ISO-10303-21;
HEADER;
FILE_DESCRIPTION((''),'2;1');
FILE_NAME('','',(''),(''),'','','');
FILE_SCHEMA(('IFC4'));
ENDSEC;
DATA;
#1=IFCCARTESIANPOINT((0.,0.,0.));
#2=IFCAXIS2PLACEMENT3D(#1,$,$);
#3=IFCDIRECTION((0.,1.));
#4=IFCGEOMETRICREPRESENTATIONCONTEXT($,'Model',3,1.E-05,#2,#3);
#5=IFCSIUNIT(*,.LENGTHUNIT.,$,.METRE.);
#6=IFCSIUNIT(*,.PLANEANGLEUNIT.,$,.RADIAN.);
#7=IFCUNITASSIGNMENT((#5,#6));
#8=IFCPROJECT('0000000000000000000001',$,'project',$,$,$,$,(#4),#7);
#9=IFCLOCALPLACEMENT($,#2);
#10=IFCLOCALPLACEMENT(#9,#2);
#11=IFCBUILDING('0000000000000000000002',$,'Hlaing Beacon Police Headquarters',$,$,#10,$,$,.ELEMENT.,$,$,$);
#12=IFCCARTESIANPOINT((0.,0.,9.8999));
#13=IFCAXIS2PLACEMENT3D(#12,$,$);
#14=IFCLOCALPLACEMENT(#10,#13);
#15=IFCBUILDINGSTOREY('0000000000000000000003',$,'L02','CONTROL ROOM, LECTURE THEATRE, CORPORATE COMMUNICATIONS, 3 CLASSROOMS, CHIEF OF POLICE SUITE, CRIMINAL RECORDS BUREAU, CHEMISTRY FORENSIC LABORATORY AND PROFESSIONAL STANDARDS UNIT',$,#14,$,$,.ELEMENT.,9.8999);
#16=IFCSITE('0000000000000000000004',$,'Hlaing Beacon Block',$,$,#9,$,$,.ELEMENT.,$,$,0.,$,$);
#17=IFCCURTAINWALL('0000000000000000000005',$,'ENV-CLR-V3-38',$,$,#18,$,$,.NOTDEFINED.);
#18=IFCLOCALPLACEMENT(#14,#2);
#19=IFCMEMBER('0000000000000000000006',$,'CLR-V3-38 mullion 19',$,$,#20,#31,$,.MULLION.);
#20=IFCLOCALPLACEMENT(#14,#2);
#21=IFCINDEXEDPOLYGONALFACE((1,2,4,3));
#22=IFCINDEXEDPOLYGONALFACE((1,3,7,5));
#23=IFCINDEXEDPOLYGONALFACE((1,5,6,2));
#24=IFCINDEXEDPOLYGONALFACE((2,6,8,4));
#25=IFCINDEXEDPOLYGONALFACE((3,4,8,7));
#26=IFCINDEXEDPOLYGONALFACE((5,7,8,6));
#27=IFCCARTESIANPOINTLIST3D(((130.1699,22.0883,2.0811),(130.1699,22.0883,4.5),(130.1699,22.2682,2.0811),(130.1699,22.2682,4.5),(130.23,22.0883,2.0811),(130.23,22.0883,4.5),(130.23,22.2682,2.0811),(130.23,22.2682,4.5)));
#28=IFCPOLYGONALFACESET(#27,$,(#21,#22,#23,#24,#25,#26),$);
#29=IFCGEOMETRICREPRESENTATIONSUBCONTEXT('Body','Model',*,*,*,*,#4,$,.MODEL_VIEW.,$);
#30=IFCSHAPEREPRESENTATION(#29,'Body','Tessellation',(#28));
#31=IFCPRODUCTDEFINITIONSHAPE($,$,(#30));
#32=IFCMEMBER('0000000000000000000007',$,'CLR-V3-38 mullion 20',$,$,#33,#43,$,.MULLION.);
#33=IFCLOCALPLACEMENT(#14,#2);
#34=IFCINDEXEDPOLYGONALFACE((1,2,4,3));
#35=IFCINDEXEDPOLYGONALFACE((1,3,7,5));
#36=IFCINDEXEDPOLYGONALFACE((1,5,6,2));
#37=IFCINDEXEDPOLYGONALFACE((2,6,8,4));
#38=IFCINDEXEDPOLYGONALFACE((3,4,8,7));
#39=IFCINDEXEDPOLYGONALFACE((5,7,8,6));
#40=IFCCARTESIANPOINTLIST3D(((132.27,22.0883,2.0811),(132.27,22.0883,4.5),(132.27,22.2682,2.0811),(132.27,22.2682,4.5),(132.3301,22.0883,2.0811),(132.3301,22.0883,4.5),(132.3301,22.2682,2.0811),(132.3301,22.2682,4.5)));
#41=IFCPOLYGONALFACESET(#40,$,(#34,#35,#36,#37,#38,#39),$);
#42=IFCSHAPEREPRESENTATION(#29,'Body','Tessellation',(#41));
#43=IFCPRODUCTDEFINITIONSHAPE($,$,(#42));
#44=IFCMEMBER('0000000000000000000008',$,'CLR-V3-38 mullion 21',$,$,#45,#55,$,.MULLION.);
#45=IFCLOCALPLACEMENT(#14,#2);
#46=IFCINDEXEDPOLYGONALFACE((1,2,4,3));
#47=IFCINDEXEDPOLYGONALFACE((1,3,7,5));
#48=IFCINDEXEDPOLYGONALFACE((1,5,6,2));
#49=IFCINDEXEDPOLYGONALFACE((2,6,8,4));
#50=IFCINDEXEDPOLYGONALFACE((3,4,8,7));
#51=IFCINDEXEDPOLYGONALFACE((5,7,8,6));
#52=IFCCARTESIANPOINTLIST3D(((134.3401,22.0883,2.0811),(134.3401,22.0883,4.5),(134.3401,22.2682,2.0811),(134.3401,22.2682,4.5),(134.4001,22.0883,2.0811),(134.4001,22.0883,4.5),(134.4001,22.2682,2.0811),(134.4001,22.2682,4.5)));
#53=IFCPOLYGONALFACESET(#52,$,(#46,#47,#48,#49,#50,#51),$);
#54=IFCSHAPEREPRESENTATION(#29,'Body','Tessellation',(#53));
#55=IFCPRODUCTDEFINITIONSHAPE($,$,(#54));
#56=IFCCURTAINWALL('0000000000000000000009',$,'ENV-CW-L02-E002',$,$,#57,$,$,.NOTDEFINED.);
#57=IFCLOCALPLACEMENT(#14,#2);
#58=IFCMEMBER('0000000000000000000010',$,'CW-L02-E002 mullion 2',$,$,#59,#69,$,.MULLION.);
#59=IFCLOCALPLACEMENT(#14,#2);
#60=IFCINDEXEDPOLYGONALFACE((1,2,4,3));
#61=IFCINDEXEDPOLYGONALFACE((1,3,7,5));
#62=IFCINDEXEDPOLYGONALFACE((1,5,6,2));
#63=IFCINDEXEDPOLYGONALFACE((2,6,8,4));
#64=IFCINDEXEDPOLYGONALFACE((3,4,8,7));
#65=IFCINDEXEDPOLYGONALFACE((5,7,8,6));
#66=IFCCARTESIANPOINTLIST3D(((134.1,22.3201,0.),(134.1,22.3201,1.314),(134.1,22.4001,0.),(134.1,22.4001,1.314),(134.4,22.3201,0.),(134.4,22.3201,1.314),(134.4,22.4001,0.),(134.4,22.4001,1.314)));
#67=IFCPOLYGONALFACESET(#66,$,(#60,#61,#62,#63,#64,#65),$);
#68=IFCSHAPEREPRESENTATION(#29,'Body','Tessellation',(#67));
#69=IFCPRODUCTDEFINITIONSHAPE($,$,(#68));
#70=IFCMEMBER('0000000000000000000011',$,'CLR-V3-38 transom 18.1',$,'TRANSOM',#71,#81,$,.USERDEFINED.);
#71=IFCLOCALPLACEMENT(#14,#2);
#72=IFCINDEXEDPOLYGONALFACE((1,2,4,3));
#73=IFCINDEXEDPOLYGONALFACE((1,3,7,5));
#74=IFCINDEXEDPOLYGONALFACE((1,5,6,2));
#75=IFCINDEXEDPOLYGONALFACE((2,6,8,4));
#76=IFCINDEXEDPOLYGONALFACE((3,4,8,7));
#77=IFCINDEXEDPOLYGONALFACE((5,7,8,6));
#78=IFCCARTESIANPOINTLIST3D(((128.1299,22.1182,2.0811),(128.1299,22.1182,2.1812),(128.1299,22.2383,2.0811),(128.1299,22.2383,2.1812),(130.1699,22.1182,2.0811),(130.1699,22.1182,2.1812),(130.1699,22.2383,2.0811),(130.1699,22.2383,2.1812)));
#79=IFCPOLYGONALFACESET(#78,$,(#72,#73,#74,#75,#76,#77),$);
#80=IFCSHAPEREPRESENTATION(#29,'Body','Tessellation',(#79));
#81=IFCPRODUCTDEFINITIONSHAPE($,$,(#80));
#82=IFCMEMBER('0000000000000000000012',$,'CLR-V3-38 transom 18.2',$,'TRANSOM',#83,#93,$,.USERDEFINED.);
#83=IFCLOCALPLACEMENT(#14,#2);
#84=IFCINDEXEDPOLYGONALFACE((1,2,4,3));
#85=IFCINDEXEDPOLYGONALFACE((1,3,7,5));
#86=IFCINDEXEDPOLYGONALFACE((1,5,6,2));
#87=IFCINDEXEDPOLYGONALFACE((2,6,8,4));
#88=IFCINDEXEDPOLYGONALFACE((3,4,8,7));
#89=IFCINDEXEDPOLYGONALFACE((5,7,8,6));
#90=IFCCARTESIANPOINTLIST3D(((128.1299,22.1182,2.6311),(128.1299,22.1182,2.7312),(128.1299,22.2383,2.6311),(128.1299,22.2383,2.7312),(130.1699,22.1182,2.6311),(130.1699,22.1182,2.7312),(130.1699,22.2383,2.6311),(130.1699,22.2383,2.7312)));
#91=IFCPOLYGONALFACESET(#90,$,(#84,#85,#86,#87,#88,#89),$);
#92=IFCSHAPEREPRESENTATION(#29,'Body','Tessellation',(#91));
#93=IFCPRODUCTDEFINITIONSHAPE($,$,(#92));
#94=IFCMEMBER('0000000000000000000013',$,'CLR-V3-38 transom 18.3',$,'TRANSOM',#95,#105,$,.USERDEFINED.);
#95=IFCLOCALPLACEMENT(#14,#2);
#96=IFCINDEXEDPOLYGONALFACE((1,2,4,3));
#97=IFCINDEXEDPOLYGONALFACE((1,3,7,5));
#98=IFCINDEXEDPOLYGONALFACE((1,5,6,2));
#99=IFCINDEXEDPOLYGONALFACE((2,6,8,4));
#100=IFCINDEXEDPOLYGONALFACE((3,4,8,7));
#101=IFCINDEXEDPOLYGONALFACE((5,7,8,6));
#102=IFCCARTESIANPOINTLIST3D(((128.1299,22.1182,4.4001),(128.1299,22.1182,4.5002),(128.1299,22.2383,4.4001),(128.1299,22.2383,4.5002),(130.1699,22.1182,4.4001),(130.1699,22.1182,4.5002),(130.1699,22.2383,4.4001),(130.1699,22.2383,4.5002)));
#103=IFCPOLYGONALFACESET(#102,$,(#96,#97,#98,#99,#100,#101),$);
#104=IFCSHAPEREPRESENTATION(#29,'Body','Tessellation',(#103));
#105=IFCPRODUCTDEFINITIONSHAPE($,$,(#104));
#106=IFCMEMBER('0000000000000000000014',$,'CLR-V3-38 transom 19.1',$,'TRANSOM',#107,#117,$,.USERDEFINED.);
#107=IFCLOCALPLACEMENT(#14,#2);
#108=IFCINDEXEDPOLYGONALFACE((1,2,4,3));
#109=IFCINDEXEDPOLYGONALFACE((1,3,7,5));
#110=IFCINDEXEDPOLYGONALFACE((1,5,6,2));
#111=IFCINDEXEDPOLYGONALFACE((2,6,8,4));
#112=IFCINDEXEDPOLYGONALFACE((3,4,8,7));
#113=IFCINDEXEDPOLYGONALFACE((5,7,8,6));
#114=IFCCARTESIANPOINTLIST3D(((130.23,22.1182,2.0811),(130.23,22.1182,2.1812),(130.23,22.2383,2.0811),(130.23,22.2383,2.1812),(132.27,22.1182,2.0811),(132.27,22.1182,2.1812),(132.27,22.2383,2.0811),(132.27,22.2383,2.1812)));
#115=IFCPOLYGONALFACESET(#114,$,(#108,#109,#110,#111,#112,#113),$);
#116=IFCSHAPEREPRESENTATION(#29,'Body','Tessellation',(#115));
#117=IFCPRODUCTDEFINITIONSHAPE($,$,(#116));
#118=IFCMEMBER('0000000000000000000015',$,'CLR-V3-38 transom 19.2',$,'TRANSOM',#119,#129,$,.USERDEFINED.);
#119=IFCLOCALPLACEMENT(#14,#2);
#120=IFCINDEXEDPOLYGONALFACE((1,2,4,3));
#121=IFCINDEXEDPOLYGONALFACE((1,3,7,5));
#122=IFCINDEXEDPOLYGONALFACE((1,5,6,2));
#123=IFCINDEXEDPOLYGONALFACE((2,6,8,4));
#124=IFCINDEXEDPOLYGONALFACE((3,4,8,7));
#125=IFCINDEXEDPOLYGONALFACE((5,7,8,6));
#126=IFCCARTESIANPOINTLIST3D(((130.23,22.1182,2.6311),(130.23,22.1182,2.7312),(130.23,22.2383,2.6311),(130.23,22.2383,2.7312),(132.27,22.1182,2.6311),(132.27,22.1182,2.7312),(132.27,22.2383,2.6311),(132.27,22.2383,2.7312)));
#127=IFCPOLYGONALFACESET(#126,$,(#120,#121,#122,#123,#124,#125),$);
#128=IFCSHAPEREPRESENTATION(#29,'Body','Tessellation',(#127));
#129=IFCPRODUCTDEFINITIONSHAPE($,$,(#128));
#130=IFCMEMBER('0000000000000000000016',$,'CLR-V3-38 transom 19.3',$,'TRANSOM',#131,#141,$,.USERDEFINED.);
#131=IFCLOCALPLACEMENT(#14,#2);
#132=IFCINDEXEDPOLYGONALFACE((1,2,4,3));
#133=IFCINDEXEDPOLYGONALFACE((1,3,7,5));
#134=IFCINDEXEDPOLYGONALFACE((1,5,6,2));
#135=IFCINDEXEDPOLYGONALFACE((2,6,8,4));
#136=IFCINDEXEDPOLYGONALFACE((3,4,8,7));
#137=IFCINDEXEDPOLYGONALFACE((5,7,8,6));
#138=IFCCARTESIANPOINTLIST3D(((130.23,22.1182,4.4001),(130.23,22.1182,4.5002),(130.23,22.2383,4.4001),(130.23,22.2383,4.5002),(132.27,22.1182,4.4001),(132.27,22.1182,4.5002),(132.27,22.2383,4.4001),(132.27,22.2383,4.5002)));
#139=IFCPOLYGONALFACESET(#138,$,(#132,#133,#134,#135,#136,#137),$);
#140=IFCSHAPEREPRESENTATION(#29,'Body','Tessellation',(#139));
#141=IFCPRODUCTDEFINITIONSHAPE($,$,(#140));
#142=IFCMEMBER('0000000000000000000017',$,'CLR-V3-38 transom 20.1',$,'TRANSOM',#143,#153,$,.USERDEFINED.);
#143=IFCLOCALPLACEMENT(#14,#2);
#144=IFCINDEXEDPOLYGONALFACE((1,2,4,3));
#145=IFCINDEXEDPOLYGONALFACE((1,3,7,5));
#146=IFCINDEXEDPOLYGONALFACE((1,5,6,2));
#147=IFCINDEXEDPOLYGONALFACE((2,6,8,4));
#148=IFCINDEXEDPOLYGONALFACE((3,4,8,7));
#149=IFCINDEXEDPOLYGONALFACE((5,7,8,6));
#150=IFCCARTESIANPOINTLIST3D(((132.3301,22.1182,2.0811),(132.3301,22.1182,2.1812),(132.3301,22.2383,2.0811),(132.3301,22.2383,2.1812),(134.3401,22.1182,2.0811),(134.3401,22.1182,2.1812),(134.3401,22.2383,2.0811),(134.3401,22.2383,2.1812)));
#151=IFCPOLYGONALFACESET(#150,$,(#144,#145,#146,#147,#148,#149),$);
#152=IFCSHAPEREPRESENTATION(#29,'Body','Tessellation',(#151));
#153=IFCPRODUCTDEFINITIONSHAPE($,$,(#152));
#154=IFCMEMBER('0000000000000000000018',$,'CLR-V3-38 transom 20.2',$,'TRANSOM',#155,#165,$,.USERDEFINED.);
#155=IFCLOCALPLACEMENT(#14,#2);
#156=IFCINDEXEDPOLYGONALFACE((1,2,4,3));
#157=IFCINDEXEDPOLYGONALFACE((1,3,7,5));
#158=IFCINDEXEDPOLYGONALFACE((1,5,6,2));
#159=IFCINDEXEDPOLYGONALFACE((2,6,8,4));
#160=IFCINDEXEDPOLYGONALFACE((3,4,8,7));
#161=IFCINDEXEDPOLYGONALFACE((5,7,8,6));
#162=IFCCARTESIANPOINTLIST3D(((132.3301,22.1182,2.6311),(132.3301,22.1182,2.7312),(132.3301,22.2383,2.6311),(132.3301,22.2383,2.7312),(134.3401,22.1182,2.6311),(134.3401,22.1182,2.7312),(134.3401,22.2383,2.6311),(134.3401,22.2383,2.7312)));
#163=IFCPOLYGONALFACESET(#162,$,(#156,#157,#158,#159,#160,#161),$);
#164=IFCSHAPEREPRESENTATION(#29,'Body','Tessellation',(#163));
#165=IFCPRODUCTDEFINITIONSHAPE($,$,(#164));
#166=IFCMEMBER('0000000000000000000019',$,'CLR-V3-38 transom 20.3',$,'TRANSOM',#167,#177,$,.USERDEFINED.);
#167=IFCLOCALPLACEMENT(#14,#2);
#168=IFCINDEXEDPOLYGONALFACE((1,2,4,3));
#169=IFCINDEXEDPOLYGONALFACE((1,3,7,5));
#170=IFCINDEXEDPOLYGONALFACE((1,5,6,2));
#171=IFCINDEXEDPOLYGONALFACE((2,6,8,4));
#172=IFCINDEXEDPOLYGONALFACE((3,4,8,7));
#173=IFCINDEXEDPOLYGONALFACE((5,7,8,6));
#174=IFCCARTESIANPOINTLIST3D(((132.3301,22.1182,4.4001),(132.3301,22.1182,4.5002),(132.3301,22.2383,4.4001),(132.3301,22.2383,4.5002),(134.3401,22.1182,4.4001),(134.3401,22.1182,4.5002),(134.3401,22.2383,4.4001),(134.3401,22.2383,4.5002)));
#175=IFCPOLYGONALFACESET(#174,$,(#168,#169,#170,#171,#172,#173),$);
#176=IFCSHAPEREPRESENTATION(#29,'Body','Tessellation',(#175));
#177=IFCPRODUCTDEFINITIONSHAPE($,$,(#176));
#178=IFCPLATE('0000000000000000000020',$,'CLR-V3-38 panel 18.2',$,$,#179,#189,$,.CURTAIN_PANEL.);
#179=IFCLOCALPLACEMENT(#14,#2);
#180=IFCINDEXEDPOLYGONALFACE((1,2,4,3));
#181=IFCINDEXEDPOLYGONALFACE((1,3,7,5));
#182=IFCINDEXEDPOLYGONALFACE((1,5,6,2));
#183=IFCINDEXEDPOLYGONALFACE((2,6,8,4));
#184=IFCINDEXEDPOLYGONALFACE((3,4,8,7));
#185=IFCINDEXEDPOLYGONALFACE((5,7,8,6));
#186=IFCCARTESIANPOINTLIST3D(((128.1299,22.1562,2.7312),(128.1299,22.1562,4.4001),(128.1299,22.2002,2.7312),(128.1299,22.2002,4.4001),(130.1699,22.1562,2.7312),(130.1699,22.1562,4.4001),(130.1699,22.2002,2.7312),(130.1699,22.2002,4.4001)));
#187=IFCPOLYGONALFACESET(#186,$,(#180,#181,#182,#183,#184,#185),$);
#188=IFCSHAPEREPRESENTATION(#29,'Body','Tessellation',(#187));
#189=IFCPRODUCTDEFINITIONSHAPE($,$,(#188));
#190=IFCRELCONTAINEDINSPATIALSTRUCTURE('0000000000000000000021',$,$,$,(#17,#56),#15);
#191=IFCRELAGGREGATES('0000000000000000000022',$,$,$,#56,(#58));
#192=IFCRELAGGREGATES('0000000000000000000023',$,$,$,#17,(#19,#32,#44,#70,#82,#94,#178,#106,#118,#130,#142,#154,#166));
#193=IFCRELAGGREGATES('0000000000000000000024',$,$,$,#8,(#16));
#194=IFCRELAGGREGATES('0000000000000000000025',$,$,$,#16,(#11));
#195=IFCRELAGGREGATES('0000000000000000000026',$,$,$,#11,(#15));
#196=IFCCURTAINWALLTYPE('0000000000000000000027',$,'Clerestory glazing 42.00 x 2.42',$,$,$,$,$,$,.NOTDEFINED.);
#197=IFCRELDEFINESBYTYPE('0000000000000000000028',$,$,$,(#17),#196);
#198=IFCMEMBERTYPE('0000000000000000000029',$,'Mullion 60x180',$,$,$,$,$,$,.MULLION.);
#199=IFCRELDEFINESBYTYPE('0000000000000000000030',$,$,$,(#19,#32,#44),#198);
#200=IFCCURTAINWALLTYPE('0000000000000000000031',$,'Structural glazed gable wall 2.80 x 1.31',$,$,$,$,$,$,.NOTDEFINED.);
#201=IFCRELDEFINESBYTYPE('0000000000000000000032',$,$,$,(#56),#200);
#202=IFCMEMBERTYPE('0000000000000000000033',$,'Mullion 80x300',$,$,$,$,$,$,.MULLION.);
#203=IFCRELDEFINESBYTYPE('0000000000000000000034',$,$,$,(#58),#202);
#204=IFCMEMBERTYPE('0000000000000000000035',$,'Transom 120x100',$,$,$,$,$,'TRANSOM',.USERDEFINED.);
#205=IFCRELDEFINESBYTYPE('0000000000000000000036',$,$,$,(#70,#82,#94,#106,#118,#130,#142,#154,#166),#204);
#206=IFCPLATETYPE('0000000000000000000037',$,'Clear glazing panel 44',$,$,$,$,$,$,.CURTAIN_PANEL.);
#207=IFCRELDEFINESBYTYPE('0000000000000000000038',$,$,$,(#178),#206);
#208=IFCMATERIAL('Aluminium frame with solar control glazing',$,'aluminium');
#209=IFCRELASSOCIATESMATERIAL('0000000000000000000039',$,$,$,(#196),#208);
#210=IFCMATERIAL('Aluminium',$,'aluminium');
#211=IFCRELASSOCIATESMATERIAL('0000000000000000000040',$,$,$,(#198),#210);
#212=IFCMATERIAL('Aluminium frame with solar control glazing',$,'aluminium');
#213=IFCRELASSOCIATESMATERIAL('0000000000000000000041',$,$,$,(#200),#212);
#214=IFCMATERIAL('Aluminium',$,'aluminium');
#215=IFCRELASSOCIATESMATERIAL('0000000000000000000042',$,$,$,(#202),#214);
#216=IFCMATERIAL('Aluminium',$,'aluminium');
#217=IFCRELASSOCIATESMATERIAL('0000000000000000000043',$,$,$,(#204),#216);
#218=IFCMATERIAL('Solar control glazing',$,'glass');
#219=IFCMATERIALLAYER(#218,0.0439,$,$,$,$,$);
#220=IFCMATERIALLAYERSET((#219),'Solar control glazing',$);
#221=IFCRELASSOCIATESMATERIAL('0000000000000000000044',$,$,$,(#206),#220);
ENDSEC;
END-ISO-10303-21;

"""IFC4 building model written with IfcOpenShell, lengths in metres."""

from ifc_helpers import new_model, si_unit, direction, frame, origin, origin_2d, place, context, subcontext, project, spatial, rectangle, extrude, material, layer, layer_set, material_profile, profile_set, type_object, element, aggregate, save


model = new_model("IFC4")

# Units and contexts
model_context = context("Model", 3, precision=1e-05, world=origin(), true_north=direction((0.0, 1.0)))
body_context = subcontext(model_context, "Body", "Model", "MODEL_VIEW")
ifc_project = project(units=[si_unit("LENGTHUNIT", "METRE"), si_unit("PLANEANGLEUNIT", "RADIAN")], contexts=[model_context])

# Site, building, storey
site_placement = place(None, origin())
site = spatial("IfcSite", under=ifc_project, at=site_placement, Name="Hlaing Beacon Block", CompositionType="ELEMENT", RefElevation=0.0)
building_placement = place(site_placement, origin())
building = spatial("IfcBuilding", under=site, at=building_placement, Name="Hlaing Beacon Police Headquarters", CompositionType="ELEMENT")
storey_placement = place(building_placement, frame((0.0, 0.0, 9.8999)))
storey = spatial("IfcBuildingStorey", under=building, at=storey_placement, Name="L02", Description="CONTROL ROOM, LECTURE THEATRE, CORPORATE COMMUNICATIONS, 3 CLASSROOMS, CHIEF OF POLICE SUITE, CRIMINAL RECORDS BUREAU, CHEMISTRY FORENSIC LABORATORY AND PROFESSIONAL STANDARDS UNIT", CompositionType="ELEMENT", Elevation=9.8999)

# Curtain wall, members
ifc_material_1 = material(Name="Aluminium frame with solar control glazing", Category="aluminium")
curtain_wall_type_1 = type_object("IfcCurtainWallType", Name="Clerestory glazing 42.00 x 2.42", PredefinedType="NOTDEFINED", material=ifc_material_1)
curtain_wall_1_placement = place(storey_placement, origin())
curtain_wall_1 = element("IfcCurtainWall", 1, at=curtain_wall_1_placement, inside=storey, type_object=curtain_wall_type_1, Name="ENV-CLR-V3-38", PredefinedType="NOTDEFINED")
ifc_material_2 = material(Name="Aluminium", Category="aluminium")
ifc_material_profile_1 = material_profile(ifc_material_2, rectangle(XDim=0.1799, YDim=0.0601, at=origin_2d()), Name="Mullion 60x180")
ifc_profile_set_1 = profile_set([ifc_material_profile_1], Name="Aluminium")
member_type_1 = type_object("IfcMemberType", Name="Mullion 60x180", PredefinedType="MULLION", material=ifc_profile_set_1)
member_1_placement = place(storey_placement, frame((130.2, 22.1782, 2.0811), z_axis=(0.0, 0.0, 1.0), x_axis=(0.0, 1.0, 0.0)))
member_1 = element("IfcMember", 2, at=member_1_placement, type_object=member_type_1, Name="CLR-V3-38 mullion 19", PredefinedType="MULLION", context=body_context, shape_type="SweptSolid", body=[
    extrude(rectangle(XDim=0.1799, YDim=0.0601, at=origin_2d()), origin(), (0.0, 0.0, 1.0), 2.4189),
])
member_2_placement = place(storey_placement, frame((132.3, 22.1782, 2.0811), z_axis=(0.0, 0.0, 1.0), x_axis=(0.0, 1.0, 0.0)))
member_2 = element("IfcMember", 3, at=member_2_placement, type_object=member_type_1, Name="CLR-V3-38 mullion 20", PredefinedType="MULLION", context=body_context, shape_type="SweptSolid", body=[
    extrude(rectangle(XDim=0.1799, YDim=0.0601, at=origin_2d()), origin(), (0.0, 0.0, 1.0), 2.4189),
])
member_3_placement = place(storey_placement, frame((134.3701, 22.1782, 2.0811), z_axis=(0.0, 0.0, 1.0), x_axis=(0.0, 1.0, 0.0)))
member_3 = element("IfcMember", 4, at=member_3_placement, type_object=member_type_1, Name="CLR-V3-38 mullion 21", PredefinedType="MULLION", context=body_context, shape_type="SweptSolid", body=[
    extrude(rectangle(XDim=0.1799, YDim=0.0601, at=origin_2d()), origin(), (0.0, 0.0, 1.0), 2.4189),
])

# Curtain wall, member
ifc_material_3 = material(Name="Aluminium frame with solar control glazing", Category="aluminium")
curtain_wall_type_2 = type_object("IfcCurtainWallType", Name="Structural glazed gable wall 2.80 x 1.31", PredefinedType="NOTDEFINED", material=ifc_material_3)
curtain_wall_2_placement = place(storey_placement, origin())
curtain_wall_2 = element("IfcCurtainWall", 5, at=curtain_wall_2_placement, inside=storey, type_object=curtain_wall_type_2, Name="ENV-CW-L02-E002", PredefinedType="NOTDEFINED")
ifc_material_4 = material(Name="Aluminium", Category="aluminium")
ifc_material_profile_2 = material_profile(ifc_material_4, rectangle(XDim=0.3, YDim=0.0801, at=origin_2d()), Name="Mullion 80x300")
ifc_profile_set_2 = profile_set([ifc_material_profile_2], Name="Aluminium")
member_type_2 = type_object("IfcMemberType", Name="Mullion 80x300", PredefinedType="MULLION", material=ifc_profile_set_2)
member_4_placement = place(storey_placement, frame((134.25, 22.3601, 0.0), z_axis=(0.0, 0.0, 1.0), x_axis=(-1.0, 0.0, 0.0)))
member_4 = element("IfcMember", 6, at=member_4_placement, type_object=member_type_2, Name="CW-L02-E002 mullion 2", PredefinedType="MULLION", context=body_context, shape_type="SweptSolid", body=[
    extrude(rectangle(XDim=0.3, YDim=0.0801, at=origin_2d()), origin(), (0.0, 0.0, 1.0), 1.314),
])
aggregate(curtain_wall_2, [member_4])

# Members
ifc_material_5 = material(Name="Aluminium", Category="aluminium")
ifc_material_profile_3 = material_profile(ifc_material_5, rectangle(XDim=0.1201, YDim=0.1001, at=origin_2d()), Name="Transom 120x100")
ifc_profile_set_3 = profile_set([ifc_material_profile_3], Name="Aluminium")
member_type_3 = type_object("IfcMemberType", Name="Transom 120x100", ElementType="TRANSOM", PredefinedType="USERDEFINED", material=ifc_profile_set_3)
member_5_placement = place(storey_placement, frame((128.1299, 22.1782, 2.1311), z_axis=(1.0, 0.0, 0.0), x_axis=(0.0, 1.0, 0.0)))
member_5 = element("IfcMember", 7, at=member_5_placement, type_object=member_type_3, Name="CLR-V3-38 transom 18.1", ObjectType="TRANSOM", PredefinedType="USERDEFINED", context=body_context, shape_type="SweptSolid", body=[
    extrude(rectangle(XDim=0.1201, YDim=0.1001, at=origin_2d()), origin(), (0.0, 0.0, 1.0), 2.04),
])
member_6_placement = place(storey_placement, frame((128.1299, 22.1782, 2.6812), z_axis=(1.0, 0.0, 0.0), x_axis=(0.0, 1.0, 0.0)))
member_6 = element("IfcMember", 8, at=member_6_placement, type_object=member_type_3, Name="CLR-V3-38 transom 18.2", ObjectType="TRANSOM", PredefinedType="USERDEFINED", context=body_context, shape_type="SweptSolid", body=[
    extrude(rectangle(XDim=0.1201, YDim=0.1001, at=origin_2d()), origin(), (0.0, 0.0, 1.0), 2.04),
])
member_7_placement = place(storey_placement, frame((128.1299, 22.1782, 4.4502), z_axis=(1.0, 0.0, 0.0), x_axis=(0.0, 1.0, 0.0)))
member_7 = element("IfcMember", 9, at=member_7_placement, type_object=member_type_3, Name="CLR-V3-38 transom 18.3", ObjectType="TRANSOM", PredefinedType="USERDEFINED", context=body_context, shape_type="SweptSolid", body=[
    extrude(rectangle(XDim=0.1201, YDim=0.1001, at=origin_2d()), origin(), (0.0, 0.0, 1.0), 2.04),
])
member_8_placement = place(storey_placement, frame((130.23, 22.1782, 2.1311), z_axis=(1.0, 0.0, 0.0), x_axis=(0.0, 1.0, 0.0)))
member_8 = element("IfcMember", 10, at=member_8_placement, type_object=member_type_3, Name="CLR-V3-38 transom 19.1", ObjectType="TRANSOM", PredefinedType="USERDEFINED", context=body_context, shape_type="SweptSolid", body=[
    extrude(rectangle(XDim=0.1201, YDim=0.1001, at=origin_2d()), origin(), (0.0, 0.0, 1.0), 2.04),
])
member_9_placement = place(storey_placement, frame((130.23, 22.1782, 2.6812), z_axis=(1.0, 0.0, 0.0), x_axis=(0.0, 1.0, 0.0)))
member_9 = element("IfcMember", 11, at=member_9_placement, type_object=member_type_3, Name="CLR-V3-38 transom 19.2", ObjectType="TRANSOM", PredefinedType="USERDEFINED", context=body_context, shape_type="SweptSolid", body=[
    extrude(rectangle(XDim=0.1201, YDim=0.1001, at=origin_2d()), origin(), (0.0, 0.0, 1.0), 2.04),
])
member_10_placement = place(storey_placement, frame((130.23, 22.1782, 4.4502), z_axis=(1.0, 0.0, 0.0), x_axis=(0.0, 1.0, 0.0)))
member_10 = element("IfcMember", 12, at=member_10_placement, type_object=member_type_3, Name="CLR-V3-38 transom 19.3", ObjectType="TRANSOM", PredefinedType="USERDEFINED", context=body_context, shape_type="SweptSolid", body=[
    extrude(rectangle(XDim=0.1201, YDim=0.1001, at=origin_2d()), origin(), (0.0, 0.0, 1.0), 2.04),
])
member_11_placement = place(storey_placement, frame((132.3301, 22.1782, 2.1311), z_axis=(1.0, 0.0, 0.0), x_axis=(0.0, 1.0, 0.0)))
member_11 = element("IfcMember", 13, at=member_11_placement, type_object=member_type_3, Name="CLR-V3-38 transom 20.1", ObjectType="TRANSOM", PredefinedType="USERDEFINED", context=body_context, shape_type="SweptSolid", body=[
    extrude(rectangle(XDim=0.1201, YDim=0.1001, at=origin_2d()), origin(), (0.0, 0.0, 1.0), 2.01),
])
member_12_placement = place(storey_placement, frame((132.3301, 22.1782, 2.6812), z_axis=(1.0, 0.0, 0.0), x_axis=(0.0, 1.0, 0.0)))
member_12 = element("IfcMember", 14, at=member_12_placement, type_object=member_type_3, Name="CLR-V3-38 transom 20.2", ObjectType="TRANSOM", PredefinedType="USERDEFINED", context=body_context, shape_type="SweptSolid", body=[
    extrude(rectangle(XDim=0.1201, YDim=0.1001, at=origin_2d()), origin(), (0.0, 0.0, 1.0), 2.01),
])
member_13_placement = place(storey_placement, frame((132.3301, 22.1782, 4.4502), z_axis=(1.0, 0.0, 0.0), x_axis=(0.0, 1.0, 0.0)))
member_13 = element("IfcMember", 15, at=member_13_placement, type_object=member_type_3, Name="CLR-V3-38 transom 20.3", ObjectType="TRANSOM", PredefinedType="USERDEFINED", context=body_context, shape_type="SweptSolid", body=[
    extrude(rectangle(XDim=0.1201, YDim=0.1001, at=origin_2d()), origin(), (0.0, 0.0, 1.0), 2.01),
])

# Plate
ifc_material_6 = material(Name="Solar control glazing", Category="glass")
ifc_layer_1 = layer(ifc_material_6, 0.0439)
ifc_layer_set_1 = layer_set([ifc_layer_1], Name="Solar control glazing")
plate_type_1 = type_object("IfcPlateType", Name="Clear glazing panel 44", PredefinedType="CURTAIN_PANEL", material=ifc_layer_set_1)
plate_1_placement = place(storey_placement, frame((129.1499, 22.1782, 2.7312), z_axis=(0.0, 0.0, 1.0), x_axis=(1.0, 0.0, 0.0)))
plate_1 = element("IfcPlate", 16, at=plate_1_placement, type_object=plate_type_1, Name="CLR-V3-38 panel 18.2", PredefinedType="CURTAIN_PANEL", context=body_context, shape_type="SweptSolid", body=[
    extrude(rectangle(XDim=2.04, YDim=0.0439, at=origin_2d()), origin(), (0.0, 0.0, 1.0), 1.6689),
])
aggregate(curtain_wall_1, [member_1, member_2, member_3, member_5, member_6, member_7, plate_1, member_8, member_9, member_10, member_11, member_12, member_13])

save(model, "model.ifc")
